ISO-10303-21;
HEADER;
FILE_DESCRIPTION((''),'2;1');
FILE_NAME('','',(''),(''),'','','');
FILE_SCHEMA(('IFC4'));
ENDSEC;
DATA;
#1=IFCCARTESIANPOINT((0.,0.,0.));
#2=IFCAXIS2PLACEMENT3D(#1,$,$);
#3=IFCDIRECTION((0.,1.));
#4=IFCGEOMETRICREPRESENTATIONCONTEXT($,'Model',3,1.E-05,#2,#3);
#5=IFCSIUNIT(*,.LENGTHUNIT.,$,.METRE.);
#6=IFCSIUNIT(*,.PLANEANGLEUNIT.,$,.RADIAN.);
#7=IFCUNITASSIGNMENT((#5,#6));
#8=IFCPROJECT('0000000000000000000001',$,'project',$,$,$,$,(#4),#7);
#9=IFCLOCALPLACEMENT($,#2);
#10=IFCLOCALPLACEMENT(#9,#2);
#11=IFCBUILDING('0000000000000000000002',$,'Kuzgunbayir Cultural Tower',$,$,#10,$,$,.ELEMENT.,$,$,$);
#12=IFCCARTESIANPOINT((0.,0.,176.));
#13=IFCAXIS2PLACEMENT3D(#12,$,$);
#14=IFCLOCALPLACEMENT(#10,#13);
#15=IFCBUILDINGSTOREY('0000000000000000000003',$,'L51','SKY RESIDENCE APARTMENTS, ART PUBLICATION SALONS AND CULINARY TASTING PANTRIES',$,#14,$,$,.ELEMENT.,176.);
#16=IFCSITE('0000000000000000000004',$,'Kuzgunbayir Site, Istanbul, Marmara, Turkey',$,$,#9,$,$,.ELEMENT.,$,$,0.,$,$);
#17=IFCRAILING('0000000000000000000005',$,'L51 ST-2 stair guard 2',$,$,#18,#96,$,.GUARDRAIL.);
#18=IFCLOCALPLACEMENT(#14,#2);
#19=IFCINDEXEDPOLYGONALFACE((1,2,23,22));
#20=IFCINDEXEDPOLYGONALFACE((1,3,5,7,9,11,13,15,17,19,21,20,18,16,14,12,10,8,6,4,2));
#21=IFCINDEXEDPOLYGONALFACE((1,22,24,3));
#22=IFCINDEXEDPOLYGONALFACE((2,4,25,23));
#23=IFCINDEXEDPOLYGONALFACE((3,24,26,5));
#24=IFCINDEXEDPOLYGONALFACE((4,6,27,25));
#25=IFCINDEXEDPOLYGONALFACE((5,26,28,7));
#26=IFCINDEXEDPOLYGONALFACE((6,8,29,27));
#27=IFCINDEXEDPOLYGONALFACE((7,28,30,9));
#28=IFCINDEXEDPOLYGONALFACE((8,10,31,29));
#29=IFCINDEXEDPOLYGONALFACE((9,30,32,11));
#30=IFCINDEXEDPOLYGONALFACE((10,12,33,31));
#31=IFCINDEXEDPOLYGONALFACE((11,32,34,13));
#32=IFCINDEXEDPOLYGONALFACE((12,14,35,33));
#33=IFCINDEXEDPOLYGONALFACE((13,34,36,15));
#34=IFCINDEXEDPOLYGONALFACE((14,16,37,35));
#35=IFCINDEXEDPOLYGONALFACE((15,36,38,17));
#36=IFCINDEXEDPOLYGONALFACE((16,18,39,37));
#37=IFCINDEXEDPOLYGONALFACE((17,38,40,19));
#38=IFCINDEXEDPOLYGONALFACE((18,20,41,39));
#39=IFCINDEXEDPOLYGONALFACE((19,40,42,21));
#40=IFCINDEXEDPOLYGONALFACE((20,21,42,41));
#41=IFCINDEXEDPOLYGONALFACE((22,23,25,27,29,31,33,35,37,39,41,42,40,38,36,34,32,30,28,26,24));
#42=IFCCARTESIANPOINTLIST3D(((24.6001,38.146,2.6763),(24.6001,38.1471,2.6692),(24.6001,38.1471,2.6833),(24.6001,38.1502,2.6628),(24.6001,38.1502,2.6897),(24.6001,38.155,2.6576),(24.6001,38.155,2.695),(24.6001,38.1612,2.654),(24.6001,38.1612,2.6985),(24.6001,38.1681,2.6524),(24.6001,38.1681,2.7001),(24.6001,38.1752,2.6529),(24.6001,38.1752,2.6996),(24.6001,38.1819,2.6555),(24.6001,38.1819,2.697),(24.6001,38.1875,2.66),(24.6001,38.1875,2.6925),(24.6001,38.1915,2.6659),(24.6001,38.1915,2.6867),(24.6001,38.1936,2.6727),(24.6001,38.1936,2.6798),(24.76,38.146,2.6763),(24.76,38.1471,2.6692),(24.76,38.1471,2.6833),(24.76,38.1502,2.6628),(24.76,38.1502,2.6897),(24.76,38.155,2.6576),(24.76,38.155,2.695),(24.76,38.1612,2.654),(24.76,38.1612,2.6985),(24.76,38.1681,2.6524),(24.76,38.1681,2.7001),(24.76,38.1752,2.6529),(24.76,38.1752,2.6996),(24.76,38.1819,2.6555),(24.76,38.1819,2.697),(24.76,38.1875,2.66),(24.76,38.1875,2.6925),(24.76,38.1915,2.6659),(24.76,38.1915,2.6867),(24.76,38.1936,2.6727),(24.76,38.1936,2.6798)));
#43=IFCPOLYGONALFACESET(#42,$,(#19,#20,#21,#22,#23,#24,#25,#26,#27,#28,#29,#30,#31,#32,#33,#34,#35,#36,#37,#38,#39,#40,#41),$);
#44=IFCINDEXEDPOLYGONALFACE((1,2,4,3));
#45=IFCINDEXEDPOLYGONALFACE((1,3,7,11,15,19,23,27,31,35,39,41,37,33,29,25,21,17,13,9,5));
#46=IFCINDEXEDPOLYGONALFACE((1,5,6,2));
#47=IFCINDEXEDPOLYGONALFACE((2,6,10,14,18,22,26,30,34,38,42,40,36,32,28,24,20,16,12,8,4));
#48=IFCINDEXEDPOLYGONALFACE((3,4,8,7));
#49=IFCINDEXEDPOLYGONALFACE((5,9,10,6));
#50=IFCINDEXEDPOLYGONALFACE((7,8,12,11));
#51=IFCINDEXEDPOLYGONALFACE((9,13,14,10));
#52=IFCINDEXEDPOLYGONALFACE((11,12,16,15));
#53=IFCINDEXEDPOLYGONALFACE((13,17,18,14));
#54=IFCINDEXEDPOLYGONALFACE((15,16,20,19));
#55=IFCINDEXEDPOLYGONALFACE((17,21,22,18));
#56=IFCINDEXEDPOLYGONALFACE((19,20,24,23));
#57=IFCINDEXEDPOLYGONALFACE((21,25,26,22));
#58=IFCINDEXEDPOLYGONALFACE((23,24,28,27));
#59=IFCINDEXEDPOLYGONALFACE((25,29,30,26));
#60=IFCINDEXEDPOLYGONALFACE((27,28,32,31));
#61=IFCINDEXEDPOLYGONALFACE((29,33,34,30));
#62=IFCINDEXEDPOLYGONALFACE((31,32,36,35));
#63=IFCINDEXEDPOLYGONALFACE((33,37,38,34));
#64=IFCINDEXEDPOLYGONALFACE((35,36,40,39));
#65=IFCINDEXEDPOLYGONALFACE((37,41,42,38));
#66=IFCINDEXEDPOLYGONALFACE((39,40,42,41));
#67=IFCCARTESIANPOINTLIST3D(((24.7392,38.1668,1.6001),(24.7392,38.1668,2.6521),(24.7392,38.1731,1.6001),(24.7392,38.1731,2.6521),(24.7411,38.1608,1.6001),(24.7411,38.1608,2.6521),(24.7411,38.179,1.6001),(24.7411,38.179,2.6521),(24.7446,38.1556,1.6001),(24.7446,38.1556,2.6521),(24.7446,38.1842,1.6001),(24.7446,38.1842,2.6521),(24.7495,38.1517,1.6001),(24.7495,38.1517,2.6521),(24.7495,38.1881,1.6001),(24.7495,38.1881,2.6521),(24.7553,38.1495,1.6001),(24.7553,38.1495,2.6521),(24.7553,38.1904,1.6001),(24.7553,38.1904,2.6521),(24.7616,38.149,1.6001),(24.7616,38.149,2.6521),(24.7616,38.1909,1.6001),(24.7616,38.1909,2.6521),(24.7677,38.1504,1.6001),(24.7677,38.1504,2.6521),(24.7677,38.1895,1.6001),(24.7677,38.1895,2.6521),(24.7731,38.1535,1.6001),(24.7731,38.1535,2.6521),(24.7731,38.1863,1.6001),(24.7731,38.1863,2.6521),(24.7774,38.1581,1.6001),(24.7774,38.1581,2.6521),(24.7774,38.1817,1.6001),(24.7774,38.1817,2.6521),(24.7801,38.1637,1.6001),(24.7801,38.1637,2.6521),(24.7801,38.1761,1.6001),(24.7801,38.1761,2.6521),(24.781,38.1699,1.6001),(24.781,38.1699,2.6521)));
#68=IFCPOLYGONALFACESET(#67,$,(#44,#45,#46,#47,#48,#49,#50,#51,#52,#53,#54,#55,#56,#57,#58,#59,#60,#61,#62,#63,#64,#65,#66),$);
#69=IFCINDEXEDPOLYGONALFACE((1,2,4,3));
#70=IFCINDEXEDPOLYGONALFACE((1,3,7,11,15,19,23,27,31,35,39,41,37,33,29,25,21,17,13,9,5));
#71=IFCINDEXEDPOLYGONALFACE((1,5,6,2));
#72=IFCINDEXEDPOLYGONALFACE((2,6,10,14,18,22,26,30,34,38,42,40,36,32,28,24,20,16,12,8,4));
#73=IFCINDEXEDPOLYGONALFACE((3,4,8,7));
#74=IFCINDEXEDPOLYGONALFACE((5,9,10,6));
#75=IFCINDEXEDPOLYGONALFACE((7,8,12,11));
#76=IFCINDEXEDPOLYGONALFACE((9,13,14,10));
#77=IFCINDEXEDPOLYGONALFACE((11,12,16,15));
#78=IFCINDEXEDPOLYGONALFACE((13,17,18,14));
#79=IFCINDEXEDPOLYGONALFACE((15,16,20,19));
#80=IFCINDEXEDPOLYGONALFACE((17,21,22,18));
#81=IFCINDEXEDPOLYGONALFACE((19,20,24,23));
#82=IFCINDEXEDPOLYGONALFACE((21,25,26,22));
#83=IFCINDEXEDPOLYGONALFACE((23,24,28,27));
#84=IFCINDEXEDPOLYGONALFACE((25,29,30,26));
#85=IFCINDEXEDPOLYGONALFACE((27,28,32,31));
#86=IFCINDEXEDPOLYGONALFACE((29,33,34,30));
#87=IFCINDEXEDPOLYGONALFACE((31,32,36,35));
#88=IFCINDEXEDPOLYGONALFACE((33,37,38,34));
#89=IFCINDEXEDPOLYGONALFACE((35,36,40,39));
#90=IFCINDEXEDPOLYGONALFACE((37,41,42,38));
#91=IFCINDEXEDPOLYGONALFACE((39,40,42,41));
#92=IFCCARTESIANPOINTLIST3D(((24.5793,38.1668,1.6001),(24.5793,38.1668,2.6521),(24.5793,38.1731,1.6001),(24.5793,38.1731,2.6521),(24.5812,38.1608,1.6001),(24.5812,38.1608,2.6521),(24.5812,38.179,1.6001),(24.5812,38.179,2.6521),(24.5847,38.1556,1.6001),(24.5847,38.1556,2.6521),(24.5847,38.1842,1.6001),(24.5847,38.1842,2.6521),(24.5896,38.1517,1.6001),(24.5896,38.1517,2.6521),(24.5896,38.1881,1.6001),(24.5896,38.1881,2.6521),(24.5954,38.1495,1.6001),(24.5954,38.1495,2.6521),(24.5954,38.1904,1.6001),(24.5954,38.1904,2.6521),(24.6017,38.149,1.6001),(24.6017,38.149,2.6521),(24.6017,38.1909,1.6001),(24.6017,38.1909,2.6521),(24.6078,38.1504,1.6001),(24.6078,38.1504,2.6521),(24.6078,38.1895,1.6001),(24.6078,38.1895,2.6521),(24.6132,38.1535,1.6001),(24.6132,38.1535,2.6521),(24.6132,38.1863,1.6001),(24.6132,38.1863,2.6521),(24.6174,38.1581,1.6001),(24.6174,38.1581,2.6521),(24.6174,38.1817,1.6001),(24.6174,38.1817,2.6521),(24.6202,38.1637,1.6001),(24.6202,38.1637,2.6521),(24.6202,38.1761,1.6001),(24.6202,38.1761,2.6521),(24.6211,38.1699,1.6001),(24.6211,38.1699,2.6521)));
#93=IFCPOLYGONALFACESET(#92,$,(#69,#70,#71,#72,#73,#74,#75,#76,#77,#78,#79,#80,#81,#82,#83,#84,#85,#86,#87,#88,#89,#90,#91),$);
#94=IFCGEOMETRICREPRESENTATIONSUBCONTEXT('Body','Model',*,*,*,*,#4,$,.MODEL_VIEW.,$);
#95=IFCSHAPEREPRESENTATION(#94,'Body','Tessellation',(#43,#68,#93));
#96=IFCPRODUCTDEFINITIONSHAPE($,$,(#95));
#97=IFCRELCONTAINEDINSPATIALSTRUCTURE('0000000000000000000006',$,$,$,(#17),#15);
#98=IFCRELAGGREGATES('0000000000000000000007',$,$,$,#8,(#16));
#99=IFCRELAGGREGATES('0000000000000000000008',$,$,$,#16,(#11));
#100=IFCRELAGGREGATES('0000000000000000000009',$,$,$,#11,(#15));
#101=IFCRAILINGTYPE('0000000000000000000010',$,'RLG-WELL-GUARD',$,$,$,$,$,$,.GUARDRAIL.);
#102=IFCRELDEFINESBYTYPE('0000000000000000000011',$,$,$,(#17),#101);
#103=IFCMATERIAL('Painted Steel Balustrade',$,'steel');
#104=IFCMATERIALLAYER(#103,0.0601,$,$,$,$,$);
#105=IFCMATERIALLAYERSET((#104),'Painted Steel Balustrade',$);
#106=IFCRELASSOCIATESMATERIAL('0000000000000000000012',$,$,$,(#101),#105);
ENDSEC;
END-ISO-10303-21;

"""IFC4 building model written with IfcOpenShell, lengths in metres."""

from ifc_helpers import new_model, si_unit, direction, frame, origin, origin_2d, place, context, subcontext, project, spatial, circle, extrude, material, layer, layer_set, type_object, element, save


model = new_model("IFC4")

# Units and contexts
model_context = context("Model", 3, precision=1e-05, world=origin(), true_north=direction((0.0, 1.0)))
body_context = subcontext(model_context, "Body", "Model", "MODEL_VIEW")
ifc_project = project(units=[si_unit("LENGTHUNIT", "METRE"), si_unit("PLANEANGLEUNIT", "RADIAN")], contexts=[model_context])

# Site, building, storey
site_placement = place(None, origin())
site = spatial("IfcSite", under=ifc_project, at=site_placement, Name="Kuzgunbayir Site, Istanbul, Marmara, Turkey", CompositionType="ELEMENT", RefElevation=0.0)
building_placement = place(site_placement, origin())
building = spatial("IfcBuilding", under=site, at=building_placement, Name="Kuzgunbayir Cultural Tower", CompositionType="ELEMENT")
storey_placement = place(building_placement, frame((0.0, 0.0, 176.0)))
storey = spatial("IfcBuildingStorey", under=building, at=storey_placement, Name="L51", Description="SKY RESIDENCE APARTMENTS, ART PUBLICATION SALONS AND CULINARY TASTING PANTRIES", CompositionType="ELEMENT", Elevation=176.0)

# Railing
ifc_material_1 = material(Name="Painted Steel Balustrade", Category="steel")
ifc_layer_1 = layer(ifc_material_1, 0.0601)
ifc_layer_set_1 = layer_set([ifc_layer_1], Name="Painted Steel Balustrade")
railing_type_1 = type_object("IfcRailingType", Name="RLG-WELL-GUARD", PredefinedType="GUARDRAIL", material=ifc_layer_set_1)
railing_1_placement = place(storey_placement, frame((24.76, 38.1699, 1.6001)))
element("IfcRailing", 1, at=railing_1_placement, inside=storey, type_object=railing_type_1, Name="L51 ST-2 stair guard 2", PredefinedType="GUARDRAIL", context=body_context, shape_type="SweptSolid", body=[
    extrude(circle(Radius=0.0239, at=origin_2d()), frame((0.0, 0.0, 1.0762), z_axis=(-1.0, 0.0, 0.0), x_axis=(0.0, -1.0, 0.0)), (0.0, 0.0, 1.0), 0.1599),
    extrude(circle(Radius=0.021, at=origin_2d()), origin(), (0.0, 0.0, 1.0), 1.052),
    extrude(circle(Radius=0.021, at=origin_2d()), frame((-0.1599, 0.0, 0.0)), (0.0, 0.0, 1.0), 1.052),
])

save(model, "model.ifc")
